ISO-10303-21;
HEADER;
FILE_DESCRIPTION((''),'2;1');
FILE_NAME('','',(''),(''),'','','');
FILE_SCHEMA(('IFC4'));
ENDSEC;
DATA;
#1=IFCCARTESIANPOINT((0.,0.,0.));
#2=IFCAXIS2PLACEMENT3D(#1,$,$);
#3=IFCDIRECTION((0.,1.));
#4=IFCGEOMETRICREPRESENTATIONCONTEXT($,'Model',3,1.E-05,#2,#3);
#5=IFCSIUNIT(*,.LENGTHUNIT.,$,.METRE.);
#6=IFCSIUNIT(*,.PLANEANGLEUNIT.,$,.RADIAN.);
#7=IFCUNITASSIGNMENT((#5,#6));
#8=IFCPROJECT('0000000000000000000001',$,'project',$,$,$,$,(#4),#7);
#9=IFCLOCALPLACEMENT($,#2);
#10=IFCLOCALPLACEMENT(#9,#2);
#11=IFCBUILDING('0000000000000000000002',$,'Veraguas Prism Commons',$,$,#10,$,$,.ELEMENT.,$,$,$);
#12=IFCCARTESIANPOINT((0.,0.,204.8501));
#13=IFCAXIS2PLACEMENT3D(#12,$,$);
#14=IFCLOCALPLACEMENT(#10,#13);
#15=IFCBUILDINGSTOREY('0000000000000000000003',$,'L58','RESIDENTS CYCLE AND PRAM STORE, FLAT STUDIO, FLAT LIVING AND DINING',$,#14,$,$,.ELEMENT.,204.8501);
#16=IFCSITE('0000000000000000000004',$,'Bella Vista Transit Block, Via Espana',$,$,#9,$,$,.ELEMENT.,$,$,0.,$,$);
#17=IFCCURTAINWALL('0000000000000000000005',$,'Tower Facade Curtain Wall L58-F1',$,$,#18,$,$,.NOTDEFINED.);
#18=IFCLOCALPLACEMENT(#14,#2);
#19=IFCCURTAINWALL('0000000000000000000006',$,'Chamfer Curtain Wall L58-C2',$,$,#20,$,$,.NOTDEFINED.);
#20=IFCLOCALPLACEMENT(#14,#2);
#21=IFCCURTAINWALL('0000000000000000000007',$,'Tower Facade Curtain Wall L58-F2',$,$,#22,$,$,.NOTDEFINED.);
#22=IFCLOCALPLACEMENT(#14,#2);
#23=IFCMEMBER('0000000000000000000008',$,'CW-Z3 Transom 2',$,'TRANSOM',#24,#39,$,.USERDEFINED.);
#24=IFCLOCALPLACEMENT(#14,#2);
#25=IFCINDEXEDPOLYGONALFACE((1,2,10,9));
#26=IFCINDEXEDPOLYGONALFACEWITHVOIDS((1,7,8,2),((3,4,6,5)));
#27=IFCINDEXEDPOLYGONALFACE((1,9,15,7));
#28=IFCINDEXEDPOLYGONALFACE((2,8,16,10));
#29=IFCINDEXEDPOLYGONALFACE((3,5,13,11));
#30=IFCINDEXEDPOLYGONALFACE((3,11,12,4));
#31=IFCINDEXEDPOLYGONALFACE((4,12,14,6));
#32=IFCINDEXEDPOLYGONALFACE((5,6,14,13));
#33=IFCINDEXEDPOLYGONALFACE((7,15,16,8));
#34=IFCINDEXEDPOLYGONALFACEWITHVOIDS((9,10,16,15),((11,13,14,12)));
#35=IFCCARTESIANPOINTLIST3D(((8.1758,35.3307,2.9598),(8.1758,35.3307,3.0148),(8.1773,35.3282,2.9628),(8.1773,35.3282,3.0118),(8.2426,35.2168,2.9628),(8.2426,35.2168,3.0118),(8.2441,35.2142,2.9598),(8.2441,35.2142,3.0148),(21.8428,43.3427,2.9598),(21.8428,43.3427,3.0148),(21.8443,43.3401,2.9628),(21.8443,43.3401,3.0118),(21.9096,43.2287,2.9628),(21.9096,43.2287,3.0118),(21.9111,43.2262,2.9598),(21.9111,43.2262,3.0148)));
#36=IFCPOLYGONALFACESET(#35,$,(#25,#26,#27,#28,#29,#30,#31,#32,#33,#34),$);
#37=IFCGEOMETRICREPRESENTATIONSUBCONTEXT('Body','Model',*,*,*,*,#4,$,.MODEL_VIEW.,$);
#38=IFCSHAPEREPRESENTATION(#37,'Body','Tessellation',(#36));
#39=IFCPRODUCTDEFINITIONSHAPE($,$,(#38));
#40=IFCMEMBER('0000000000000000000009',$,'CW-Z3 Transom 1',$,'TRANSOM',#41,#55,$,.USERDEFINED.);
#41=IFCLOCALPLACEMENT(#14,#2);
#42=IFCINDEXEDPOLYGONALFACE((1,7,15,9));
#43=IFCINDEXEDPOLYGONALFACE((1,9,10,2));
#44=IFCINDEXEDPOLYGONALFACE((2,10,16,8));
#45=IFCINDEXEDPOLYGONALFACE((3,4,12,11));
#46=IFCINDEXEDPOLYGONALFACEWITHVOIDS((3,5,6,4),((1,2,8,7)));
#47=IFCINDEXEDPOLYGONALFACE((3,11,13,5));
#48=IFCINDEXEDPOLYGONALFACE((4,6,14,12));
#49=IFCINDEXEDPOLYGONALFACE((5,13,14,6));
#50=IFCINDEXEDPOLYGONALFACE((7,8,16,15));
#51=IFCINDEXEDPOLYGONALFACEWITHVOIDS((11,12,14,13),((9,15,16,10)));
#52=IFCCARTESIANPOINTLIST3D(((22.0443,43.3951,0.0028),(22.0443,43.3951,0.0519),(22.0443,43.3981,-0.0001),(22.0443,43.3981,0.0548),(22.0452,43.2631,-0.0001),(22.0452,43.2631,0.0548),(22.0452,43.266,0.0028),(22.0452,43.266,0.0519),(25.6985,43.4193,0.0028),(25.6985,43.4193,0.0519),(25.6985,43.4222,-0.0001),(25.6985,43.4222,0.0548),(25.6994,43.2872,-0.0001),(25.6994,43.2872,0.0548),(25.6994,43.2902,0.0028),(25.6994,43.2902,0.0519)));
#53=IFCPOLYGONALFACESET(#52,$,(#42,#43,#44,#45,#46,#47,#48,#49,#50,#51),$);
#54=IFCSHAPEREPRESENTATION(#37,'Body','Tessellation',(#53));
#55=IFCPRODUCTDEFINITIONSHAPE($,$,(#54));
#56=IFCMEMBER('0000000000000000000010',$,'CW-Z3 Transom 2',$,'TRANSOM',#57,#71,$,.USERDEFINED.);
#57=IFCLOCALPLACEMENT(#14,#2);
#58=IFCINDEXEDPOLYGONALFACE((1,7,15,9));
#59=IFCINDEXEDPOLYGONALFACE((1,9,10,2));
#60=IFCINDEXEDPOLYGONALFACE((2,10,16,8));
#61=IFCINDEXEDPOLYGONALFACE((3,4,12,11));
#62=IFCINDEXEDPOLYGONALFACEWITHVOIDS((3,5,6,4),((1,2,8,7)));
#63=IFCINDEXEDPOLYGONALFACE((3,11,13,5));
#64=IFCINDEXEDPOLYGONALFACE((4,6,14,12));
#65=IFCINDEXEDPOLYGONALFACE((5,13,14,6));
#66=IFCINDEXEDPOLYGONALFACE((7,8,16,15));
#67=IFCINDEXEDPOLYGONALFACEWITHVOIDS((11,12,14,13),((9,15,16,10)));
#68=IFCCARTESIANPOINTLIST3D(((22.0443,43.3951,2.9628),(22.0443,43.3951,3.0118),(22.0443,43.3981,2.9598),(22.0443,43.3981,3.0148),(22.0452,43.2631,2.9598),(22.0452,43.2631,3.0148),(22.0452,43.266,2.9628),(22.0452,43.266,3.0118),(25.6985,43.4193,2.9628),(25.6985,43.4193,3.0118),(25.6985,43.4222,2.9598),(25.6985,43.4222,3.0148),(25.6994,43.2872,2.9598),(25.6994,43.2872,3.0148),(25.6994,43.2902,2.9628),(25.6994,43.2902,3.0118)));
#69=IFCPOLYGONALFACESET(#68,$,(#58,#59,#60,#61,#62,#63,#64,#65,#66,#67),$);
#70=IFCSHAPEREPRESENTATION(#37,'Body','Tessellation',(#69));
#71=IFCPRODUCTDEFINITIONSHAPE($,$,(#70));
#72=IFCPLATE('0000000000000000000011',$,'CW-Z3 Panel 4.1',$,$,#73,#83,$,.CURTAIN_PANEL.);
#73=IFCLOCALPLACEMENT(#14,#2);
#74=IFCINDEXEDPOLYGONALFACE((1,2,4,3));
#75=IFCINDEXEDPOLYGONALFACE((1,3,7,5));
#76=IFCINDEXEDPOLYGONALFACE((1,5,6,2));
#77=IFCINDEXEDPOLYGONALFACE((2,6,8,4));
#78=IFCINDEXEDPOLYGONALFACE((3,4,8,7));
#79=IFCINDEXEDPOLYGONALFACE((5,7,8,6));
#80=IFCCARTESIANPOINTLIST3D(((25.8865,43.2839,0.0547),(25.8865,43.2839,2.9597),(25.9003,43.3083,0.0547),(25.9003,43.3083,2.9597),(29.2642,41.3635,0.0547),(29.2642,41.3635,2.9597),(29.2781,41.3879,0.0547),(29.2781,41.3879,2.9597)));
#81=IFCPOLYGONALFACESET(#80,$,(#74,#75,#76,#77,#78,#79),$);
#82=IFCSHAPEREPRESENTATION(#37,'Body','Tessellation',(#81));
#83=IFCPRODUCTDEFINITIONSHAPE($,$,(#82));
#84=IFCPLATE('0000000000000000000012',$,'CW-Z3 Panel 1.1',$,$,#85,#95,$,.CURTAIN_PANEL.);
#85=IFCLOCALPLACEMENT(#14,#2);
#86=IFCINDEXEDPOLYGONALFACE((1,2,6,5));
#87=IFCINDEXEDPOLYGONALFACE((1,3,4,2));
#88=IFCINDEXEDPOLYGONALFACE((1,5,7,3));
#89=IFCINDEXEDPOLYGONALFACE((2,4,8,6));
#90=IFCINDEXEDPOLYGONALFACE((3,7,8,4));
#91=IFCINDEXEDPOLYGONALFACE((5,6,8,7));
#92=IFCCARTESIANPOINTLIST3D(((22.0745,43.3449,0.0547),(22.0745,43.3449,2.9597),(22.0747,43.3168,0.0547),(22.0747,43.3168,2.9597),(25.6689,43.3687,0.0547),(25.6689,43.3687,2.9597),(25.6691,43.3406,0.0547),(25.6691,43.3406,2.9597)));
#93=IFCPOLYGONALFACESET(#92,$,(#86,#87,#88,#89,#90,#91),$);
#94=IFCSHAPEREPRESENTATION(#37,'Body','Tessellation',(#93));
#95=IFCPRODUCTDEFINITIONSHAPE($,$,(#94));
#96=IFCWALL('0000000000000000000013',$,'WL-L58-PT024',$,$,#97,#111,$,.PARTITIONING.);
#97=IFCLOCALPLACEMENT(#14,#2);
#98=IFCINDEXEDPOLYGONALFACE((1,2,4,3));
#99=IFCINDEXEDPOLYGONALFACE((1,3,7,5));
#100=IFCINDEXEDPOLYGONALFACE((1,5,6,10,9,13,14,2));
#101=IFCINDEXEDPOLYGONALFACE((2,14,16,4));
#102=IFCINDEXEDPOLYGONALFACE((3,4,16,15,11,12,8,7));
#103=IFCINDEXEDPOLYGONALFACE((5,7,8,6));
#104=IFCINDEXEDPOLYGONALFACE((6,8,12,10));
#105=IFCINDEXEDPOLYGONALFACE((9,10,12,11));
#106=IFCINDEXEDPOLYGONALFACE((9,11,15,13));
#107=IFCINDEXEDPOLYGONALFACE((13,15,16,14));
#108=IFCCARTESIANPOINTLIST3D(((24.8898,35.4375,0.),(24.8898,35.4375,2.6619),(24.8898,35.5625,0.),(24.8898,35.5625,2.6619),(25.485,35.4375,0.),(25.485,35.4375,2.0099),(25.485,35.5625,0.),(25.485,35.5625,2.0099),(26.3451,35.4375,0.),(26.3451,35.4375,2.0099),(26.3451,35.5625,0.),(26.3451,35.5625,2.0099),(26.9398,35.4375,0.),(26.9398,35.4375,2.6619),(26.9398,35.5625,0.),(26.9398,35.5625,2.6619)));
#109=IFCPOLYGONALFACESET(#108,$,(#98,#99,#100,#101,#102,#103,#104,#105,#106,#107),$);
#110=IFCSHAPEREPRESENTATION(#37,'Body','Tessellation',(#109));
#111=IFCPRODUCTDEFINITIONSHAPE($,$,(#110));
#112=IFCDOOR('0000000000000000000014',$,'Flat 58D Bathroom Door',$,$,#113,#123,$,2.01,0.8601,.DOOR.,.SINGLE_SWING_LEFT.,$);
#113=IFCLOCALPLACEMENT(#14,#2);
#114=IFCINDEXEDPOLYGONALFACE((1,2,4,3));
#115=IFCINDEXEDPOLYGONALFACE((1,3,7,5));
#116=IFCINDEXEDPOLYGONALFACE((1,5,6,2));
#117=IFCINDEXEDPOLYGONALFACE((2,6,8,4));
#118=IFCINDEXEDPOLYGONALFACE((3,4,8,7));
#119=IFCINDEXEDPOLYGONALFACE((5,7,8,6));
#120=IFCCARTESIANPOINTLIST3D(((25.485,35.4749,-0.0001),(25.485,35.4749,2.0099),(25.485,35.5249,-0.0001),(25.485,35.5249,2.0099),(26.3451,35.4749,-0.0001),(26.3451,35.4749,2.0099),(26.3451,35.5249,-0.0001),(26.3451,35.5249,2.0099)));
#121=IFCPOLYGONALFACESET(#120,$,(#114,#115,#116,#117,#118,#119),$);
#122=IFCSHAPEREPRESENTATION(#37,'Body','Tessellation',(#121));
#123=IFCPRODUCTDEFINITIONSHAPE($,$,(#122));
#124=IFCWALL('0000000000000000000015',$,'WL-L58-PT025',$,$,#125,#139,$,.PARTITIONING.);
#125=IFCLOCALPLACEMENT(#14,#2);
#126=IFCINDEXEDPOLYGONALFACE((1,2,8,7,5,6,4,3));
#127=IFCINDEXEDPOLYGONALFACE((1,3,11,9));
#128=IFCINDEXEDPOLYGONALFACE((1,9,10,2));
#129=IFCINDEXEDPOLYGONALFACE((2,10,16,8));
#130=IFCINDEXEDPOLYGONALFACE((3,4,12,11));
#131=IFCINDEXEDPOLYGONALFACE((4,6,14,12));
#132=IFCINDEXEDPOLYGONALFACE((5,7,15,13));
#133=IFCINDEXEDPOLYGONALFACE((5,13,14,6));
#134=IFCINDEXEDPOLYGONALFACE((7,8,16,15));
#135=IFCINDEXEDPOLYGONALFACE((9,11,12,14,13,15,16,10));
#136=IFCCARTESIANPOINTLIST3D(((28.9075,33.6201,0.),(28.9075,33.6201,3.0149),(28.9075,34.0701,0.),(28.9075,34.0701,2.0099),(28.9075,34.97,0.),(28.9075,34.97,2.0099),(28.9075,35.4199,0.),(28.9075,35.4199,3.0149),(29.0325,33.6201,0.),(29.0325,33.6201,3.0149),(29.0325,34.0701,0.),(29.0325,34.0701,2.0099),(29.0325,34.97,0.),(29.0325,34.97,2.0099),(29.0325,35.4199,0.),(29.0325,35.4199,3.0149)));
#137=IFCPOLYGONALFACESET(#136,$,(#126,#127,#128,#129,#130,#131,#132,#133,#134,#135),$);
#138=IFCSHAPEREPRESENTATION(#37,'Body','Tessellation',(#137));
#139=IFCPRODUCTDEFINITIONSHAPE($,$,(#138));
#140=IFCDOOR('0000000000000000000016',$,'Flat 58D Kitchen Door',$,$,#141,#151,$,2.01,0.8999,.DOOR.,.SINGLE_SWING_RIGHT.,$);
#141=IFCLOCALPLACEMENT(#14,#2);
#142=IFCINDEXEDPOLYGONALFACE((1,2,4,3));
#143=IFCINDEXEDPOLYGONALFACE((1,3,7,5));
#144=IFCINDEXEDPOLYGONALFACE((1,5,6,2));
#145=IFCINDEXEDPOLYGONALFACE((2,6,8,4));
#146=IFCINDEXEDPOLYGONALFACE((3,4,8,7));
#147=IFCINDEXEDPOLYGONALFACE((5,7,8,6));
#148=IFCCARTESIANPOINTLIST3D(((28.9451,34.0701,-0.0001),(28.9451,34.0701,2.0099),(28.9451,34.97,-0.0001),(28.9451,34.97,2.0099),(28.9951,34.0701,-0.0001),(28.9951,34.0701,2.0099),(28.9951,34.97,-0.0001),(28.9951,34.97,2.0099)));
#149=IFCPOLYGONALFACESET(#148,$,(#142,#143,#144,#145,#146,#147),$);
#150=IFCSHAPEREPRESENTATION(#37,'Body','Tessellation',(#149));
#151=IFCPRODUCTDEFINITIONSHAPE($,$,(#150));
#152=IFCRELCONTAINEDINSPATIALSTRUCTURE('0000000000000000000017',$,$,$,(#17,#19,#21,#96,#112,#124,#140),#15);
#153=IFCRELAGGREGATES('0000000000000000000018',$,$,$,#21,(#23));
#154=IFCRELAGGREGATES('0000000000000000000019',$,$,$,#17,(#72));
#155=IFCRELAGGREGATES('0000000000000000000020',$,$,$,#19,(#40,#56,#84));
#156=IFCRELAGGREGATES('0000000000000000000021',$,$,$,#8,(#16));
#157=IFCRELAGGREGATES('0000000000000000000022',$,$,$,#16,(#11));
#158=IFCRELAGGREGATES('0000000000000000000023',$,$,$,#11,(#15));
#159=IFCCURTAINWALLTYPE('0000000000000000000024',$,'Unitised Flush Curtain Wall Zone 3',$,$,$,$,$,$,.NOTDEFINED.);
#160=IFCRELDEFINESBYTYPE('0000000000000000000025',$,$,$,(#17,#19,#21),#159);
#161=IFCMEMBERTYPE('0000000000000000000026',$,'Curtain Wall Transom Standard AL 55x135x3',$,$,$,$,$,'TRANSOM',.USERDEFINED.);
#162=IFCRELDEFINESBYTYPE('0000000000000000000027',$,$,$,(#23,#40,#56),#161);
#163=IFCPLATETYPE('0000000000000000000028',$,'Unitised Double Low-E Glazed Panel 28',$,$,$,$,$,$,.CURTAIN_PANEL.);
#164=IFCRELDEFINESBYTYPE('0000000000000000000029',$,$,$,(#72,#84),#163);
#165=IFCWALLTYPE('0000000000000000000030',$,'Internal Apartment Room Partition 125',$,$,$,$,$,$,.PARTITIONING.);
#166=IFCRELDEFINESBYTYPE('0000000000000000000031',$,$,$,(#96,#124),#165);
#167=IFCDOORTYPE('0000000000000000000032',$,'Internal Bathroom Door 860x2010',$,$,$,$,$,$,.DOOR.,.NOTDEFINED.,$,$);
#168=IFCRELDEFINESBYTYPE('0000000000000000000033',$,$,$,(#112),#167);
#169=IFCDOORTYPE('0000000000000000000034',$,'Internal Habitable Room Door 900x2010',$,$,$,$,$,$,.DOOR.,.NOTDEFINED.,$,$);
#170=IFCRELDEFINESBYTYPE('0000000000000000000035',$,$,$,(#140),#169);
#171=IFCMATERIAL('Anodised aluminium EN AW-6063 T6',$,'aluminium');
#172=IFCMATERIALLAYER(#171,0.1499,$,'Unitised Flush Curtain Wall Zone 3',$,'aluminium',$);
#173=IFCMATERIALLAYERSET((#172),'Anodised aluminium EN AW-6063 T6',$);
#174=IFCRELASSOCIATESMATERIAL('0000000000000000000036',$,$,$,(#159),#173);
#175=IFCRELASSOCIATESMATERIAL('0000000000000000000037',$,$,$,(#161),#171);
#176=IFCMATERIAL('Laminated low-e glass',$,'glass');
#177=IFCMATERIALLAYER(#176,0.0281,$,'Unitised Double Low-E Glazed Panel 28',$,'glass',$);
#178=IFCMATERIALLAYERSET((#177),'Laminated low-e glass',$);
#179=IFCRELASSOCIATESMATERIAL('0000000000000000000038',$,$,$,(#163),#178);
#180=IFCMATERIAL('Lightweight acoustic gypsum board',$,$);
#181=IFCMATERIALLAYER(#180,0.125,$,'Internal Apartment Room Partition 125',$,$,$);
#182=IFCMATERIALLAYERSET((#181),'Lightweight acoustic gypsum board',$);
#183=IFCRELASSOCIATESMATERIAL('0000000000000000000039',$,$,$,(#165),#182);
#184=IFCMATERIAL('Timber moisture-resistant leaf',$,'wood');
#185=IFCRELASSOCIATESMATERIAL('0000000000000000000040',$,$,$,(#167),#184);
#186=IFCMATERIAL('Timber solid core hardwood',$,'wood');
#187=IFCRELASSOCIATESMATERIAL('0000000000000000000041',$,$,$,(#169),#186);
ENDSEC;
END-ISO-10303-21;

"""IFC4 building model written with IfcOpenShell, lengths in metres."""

from ifc_helpers import new_model, si_unit, direction, frame, frame_2d, origin, origin_2d, place, context, subcontext, project, spatial, rectangle, hollow_rectangle, extrude, source, transform, mapped, material, layer, layer_set, material_profile, profile_set, type_object, element, fill, aggregate, save


model = new_model("IFC4")

# Units and contexts
model_context = context("Model", 3, precision=1e-05, world=origin(), true_north=direction((0.0, 1.0)))
body_context = subcontext(model_context, "Body", "Model", "MODEL_VIEW")
ifc_project = project(units=[si_unit("LENGTHUNIT", "METRE"), si_unit("PLANEANGLEUNIT", "RADIAN")], contexts=[model_context])

# Site, building, storey
site_placement = place(None, origin())
site = spatial("IfcSite", under=ifc_project, at=site_placement, Name="Bella Vista Transit Block, Via Espana", CompositionType="ELEMENT", RefElevation=0.0)
building_placement = place(site_placement, origin())
building = spatial("IfcBuilding", under=site, at=building_placement, Name="Veraguas Prism Commons", CompositionType="ELEMENT")
storey_placement = place(building_placement, frame((0.0, 0.0, 204.8501)))
storey = spatial("IfcBuildingStorey", under=building, at=storey_placement, Name="L58", Description="RESIDENTS CYCLE AND PRAM STORE, FLAT STUDIO, FLAT LIVING AND DINING", CompositionType="ELEMENT", Elevation=204.8501)

# Curtain wall
ifc_material_1 = material(Name="Anodised aluminium EN AW-6063 T6", Category="aluminium")
ifc_layer_1 = layer(ifc_material_1, 0.1499, Name="Unitised Flush Curtain Wall Zone 3", Category="aluminium")
ifc_layer_set_1 = layer_set([ifc_layer_1], Name="Anodised aluminium EN AW-6063 T6")
curtain_wall_type = type_object("IfcCurtainWallType", Name="Unitised Flush Curtain Wall Zone 3", PredefinedType="NOTDEFINED", material=ifc_layer_set_1)
curtain_wall_1_placement = place(storey_placement, origin())
curtain_wall_1 = element("IfcCurtainWall", 1, at=curtain_wall_1_placement, inside=storey, type_object=curtain_wall_type, Name="Tower Facade Curtain Wall L58-F1", PredefinedType="NOTDEFINED")

# Curtain wall
curtain_wall_2_placement = place(storey_placement, origin())
curtain_wall_2 = element("IfcCurtainWall", 2, at=curtain_wall_2_placement, inside=storey, type_object=curtain_wall_type, Name="Chamfer Curtain Wall L58-C2", PredefinedType="NOTDEFINED")

# Curtain wall, member
curtain_wall_3_placement = place(storey_placement, origin())
curtain_wall_3 = element("IfcCurtainWall", 3, at=curtain_wall_3_placement, inside=storey, type_object=curtain_wall_type, Name="Tower Facade Curtain Wall L58-F2", PredefinedType="NOTDEFINED")
ifc_material_profile_1 = material_profile(ifc_material_1, hollow_rectangle(XDim=0.0549, YDim=0.135, WallThickness=0.0029, at=origin_2d()), Name="AL55X135X3")
ifc_profile_set_1 = profile_set([ifc_material_profile_1], Name="Anodised aluminium EN AW-6063 T6")
member_type_1 = type_object("IfcMemberType", Name="Curtain Wall Transom Standard AL 55x135x3", ElementType="TRANSOM", PredefinedType="USERDEFINED", material=ifc_profile_set_1)
shared_shape_1 = source(origin(), body_context, "Body", "SweptSolid", [
    extrude(hollow_rectangle(XDim=0.0549, YDim=0.135, WallThickness=0.0029, at=origin_2d()), origin(), (0.0, 0.0, 1.0), 15.8423),
])
member_1_placement = place(storey_placement, frame((21.877, 43.2844, 2.9873), z_axis=(-0.86269, -0.505733, 0.0), x_axis=(0.0, 0.0, 1.0)))
member_1 = element("IfcMember", 4, at=member_1_placement, type_object=member_type_1, Name="CW-Z3 Transom 2", ObjectType="TRANSOM", PredefinedType="USERDEFINED", context=body_context, shape_type="MappedRepresentation", body=[
    mapped(shared_shape_1, transform((0.0, 0.0, 0.0), scale=1.0)),
])
aggregate(curtain_wall_3, [member_1])

# Members
shared_shape_2 = source(origin(), body_context, "Body", "SweptSolid", [
    extrude(hollow_rectangle(XDim=0.0549, YDim=0.135, WallThickness=0.0029, at=origin_2d()), origin(), (0.0, 0.0, 1.0), 3.6543),
])
member_2_placement = place(storey_placement, frame((25.699, 43.3547, 0.0273), z_axis=(-0.999978, -0.006614, 0.0), x_axis=(0.0, 0.0, 1.0)))
member_2 = element("IfcMember", 5, at=member_2_placement, type_object=member_type_1, Name="CW-Z3 Transom 1", ObjectType="TRANSOM", PredefinedType="USERDEFINED", context=body_context, shape_type="MappedRepresentation", body=[
    mapped(shared_shape_2, transform((0.0, 0.0, 0.0), scale=1.0)),
])
member_3_placement = place(storey_placement, frame((25.699, 43.3547, 2.9873), z_axis=(-0.999978, -0.006614, 0.0), x_axis=(0.0, 0.0, 1.0)))
member_3 = element("IfcMember", 6, at=member_3_placement, type_object=member_type_1, Name="CW-Z3 Transom 2", ObjectType="TRANSOM", PredefinedType="USERDEFINED", context=body_context, shape_type="MappedRepresentation", body=[
    mapped(shared_shape_2, transform((0.0, 0.0, 0.0), scale=1.0)),
])

# Plates
ifc_material_2 = material(Name="Laminated low-e glass", Category="glass")
ifc_layer_2 = layer(ifc_material_2, 0.0281, Name="Unitised Double Low-E Glazed Panel 28", Category="glass")
ifc_layer_set_2 = layer_set([ifc_layer_2], Name="Laminated low-e glass")
plate_type = type_object("IfcPlateType", Name="Unitised Double Low-E Glazed Panel 28", PredefinedType="CURTAIN_PANEL", material=ifc_layer_set_2)
shared_shape_3 = source(origin(), body_context, "Body", "SweptSolid", [
    extrude(rectangle(XDim=3.8855, YDim=0.0281, at=origin_2d()), origin(), (0.0, 0.0, 1.0), 2.905),
])
plate_1_placement = place(storey_placement, frame((27.5823, 42.3359, 0.0547), z_axis=(0.0, 0.0, 1.0), x_axis=(-0.869323, 0.494244, 0.0)))
plate_1 = element("IfcPlate", 7, at=plate_1_placement, type_object=plate_type, Name="CW-Z3 Panel 4.1", PredefinedType="CURTAIN_PANEL", context=body_context, shape_type="MappedRepresentation", body=[
    mapped(shared_shape_3, transform((0.0, 0.0, 0.0), scale=1.0)),
])
aggregate(curtain_wall_1, [plate_1])
shared_shape_4 = source(origin(), body_context, "Body", "SweptSolid", [
    extrude(rectangle(XDim=3.5945, YDim=0.0281, at=origin_2d()), origin(), (0.0, 0.0, 1.0), 2.905),
])
plate_2_placement = place(storey_placement, frame((23.8718, 43.3428, 0.0547), z_axis=(0.0, 0.0, 1.0), x_axis=(-0.999978, -0.006623, 0.0)))
plate_2 = element("IfcPlate", 8, at=plate_2_placement, type_object=plate_type, Name="CW-Z3 Panel 1.1", PredefinedType="CURTAIN_PANEL", context=body_context, shape_type="MappedRepresentation", body=[
    mapped(shared_shape_4, transform((0.0, 0.0, 0.0), scale=1.0)),
])
aggregate(curtain_wall_2, [member_2, member_3, plate_2])

# Walls, openings, doors
ifc_material_3 = material(Name="Lightweight acoustic gypsum board")
ifc_layer_3 = layer(ifc_material_3, 0.125, Name="Internal Apartment Room Partition 125")
ifc_layer_set_3 = layer_set([ifc_layer_3], Name="Lightweight acoustic gypsum board")
wall_type = type_object("IfcWallType", Name="Internal Apartment Room Partition 125", PredefinedType="PARTITIONING", material=ifc_layer_set_3)
wall_1_placement = place(storey_placement, frame((24.8899, 35.5, 0.0), z_axis=(0.0, 0.0, 1.0), x_axis=(1.0, 0.0, 0.0)))
wall_1 = element("IfcWall", 9, at=wall_1_placement, inside=storey, type_object=wall_type, Name="WL-L58-PT024", PredefinedType="PARTITIONING", context=body_context, shape_type="SweptSolid", body=[
    extrude(rectangle(XDim=2.05, YDim=0.125, at=frame_2d((1.0249, 0.0))), origin(), (0.0, 0.0, 1.0), 2.6619),
])
opening_1_placement = place(wall_1_placement, frame((0.595, 0.0, 0.0)))
opening_1 = element("IfcOpeningElement", 10, at=opening_1_placement, cuts=wall_1, PredefinedType="OPENING", context=body_context, shape_type="SweptSolid", body=[
    extrude(rectangle(XDim=0.8601, YDim=2.01, at=frame_2d((0.4302, 1.0049))), frame((0.0, 0.0725, 0.0), z_axis=(0.0, -1.0, 0.0), x_axis=(1.0, 0.0, 0.0)), (0.0, 0.0, 1.0), 0.145),
])
ifc_material_4 = material(Name="Timber moisture-resistant leaf", Category="wood")
door_type_1 = type_object("IfcDoorType", Name="Internal Bathroom Door 860x2010", OperationType="NOTDEFINED", PredefinedType="DOOR", material=ifc_material_4)
shared_shape_5 = source(origin(), body_context, "Body", "SweptSolid", [
    extrude(rectangle(XDim=0.8601, YDim=2.01, at=frame_2d((0.4302, 1.0049))), frame((0.0, 0.0249, 0.0), z_axis=(0.0, -1.0, 0.0), x_axis=(1.0, 0.0, 0.0)), (0.0, 0.0, 1.0), 0.05),
])
door_1_placement = place(opening_1_placement, origin())
door_1 = element("IfcDoor", 11, at=door_1_placement, inside=storey, type_object=door_type_1, Name="Flat 58D Bathroom Door", OperationType="SINGLE_SWING_LEFT", OverallHeight=2.01, OverallWidth=0.8601, PredefinedType="DOOR", context=body_context, shape_type="MappedRepresentation", body=[
    mapped(shared_shape_5, transform((0.0, 0.0, 0.0), scale=1.0)),
])
fill(opening_1, door_1)
wall_2_placement = place(storey_placement, frame((28.97, 33.6201, 0.0), z_axis=(0.0, 0.0, 1.0), x_axis=(0.0, 1.0, 0.0)))
wall_2 = element("IfcWall", 12, at=wall_2_placement, inside=storey, type_object=wall_type, Name="WL-L58-PT025", PredefinedType="PARTITIONING", context=body_context, shape_type="SweptSolid", body=[
    extrude(rectangle(XDim=1.7998, YDim=0.125, at=frame_2d((0.8999, 0.0))), origin(), (0.0, 0.0, 1.0), 3.0149),
])
opening_2_placement = place(wall_2_placement, frame((0.45, 0.0, 0.0)))
opening_2 = element("IfcOpeningElement", 13, at=opening_2_placement, cuts=wall_2, PredefinedType="OPENING", context=body_context, shape_type="SweptSolid", body=[
    extrude(rectangle(XDim=0.8999, YDim=2.01, at=frame_2d((0.45, 1.0049))), frame((0.0, 0.0725, 0.0), z_axis=(0.0, -1.0, 0.0), x_axis=(1.0, 0.0, 0.0)), (0.0, 0.0, 1.0), 0.145),
])
ifc_material_5 = material(Name="Timber solid core hardwood", Category="wood")
door_type_2 = type_object("IfcDoorType", Name="Internal Habitable Room Door 900x2010", OperationType="NOTDEFINED", PredefinedType="DOOR", material=ifc_material_5)
shared_shape_6 = source(origin(), body_context, "Body", "SweptSolid", [
    extrude(rectangle(XDim=0.8999, YDim=2.01, at=frame_2d((0.45, 1.0049))), frame((0.0, 0.0249, 0.0), z_axis=(0.0, -1.0, 0.0), x_axis=(1.0, 0.0, 0.0)), (0.0, 0.0, 1.0), 0.05),
])
door_2_placement = place(opening_2_placement, origin())
door_2 = element("IfcDoor", 14, at=door_2_placement, inside=storey, type_object=door_type_2, Name="Flat 58D Kitchen Door", OperationType="SINGLE_SWING_RIGHT", OverallHeight=2.01, OverallWidth=0.8999, PredefinedType="DOOR", context=body_context, shape_type="MappedRepresentation", body=[
    mapped(shared_shape_6, transform((0.0, 0.0, 0.0), scale=1.0)),
])
fill(opening_2, door_2)

save(model, "model.ifc")
